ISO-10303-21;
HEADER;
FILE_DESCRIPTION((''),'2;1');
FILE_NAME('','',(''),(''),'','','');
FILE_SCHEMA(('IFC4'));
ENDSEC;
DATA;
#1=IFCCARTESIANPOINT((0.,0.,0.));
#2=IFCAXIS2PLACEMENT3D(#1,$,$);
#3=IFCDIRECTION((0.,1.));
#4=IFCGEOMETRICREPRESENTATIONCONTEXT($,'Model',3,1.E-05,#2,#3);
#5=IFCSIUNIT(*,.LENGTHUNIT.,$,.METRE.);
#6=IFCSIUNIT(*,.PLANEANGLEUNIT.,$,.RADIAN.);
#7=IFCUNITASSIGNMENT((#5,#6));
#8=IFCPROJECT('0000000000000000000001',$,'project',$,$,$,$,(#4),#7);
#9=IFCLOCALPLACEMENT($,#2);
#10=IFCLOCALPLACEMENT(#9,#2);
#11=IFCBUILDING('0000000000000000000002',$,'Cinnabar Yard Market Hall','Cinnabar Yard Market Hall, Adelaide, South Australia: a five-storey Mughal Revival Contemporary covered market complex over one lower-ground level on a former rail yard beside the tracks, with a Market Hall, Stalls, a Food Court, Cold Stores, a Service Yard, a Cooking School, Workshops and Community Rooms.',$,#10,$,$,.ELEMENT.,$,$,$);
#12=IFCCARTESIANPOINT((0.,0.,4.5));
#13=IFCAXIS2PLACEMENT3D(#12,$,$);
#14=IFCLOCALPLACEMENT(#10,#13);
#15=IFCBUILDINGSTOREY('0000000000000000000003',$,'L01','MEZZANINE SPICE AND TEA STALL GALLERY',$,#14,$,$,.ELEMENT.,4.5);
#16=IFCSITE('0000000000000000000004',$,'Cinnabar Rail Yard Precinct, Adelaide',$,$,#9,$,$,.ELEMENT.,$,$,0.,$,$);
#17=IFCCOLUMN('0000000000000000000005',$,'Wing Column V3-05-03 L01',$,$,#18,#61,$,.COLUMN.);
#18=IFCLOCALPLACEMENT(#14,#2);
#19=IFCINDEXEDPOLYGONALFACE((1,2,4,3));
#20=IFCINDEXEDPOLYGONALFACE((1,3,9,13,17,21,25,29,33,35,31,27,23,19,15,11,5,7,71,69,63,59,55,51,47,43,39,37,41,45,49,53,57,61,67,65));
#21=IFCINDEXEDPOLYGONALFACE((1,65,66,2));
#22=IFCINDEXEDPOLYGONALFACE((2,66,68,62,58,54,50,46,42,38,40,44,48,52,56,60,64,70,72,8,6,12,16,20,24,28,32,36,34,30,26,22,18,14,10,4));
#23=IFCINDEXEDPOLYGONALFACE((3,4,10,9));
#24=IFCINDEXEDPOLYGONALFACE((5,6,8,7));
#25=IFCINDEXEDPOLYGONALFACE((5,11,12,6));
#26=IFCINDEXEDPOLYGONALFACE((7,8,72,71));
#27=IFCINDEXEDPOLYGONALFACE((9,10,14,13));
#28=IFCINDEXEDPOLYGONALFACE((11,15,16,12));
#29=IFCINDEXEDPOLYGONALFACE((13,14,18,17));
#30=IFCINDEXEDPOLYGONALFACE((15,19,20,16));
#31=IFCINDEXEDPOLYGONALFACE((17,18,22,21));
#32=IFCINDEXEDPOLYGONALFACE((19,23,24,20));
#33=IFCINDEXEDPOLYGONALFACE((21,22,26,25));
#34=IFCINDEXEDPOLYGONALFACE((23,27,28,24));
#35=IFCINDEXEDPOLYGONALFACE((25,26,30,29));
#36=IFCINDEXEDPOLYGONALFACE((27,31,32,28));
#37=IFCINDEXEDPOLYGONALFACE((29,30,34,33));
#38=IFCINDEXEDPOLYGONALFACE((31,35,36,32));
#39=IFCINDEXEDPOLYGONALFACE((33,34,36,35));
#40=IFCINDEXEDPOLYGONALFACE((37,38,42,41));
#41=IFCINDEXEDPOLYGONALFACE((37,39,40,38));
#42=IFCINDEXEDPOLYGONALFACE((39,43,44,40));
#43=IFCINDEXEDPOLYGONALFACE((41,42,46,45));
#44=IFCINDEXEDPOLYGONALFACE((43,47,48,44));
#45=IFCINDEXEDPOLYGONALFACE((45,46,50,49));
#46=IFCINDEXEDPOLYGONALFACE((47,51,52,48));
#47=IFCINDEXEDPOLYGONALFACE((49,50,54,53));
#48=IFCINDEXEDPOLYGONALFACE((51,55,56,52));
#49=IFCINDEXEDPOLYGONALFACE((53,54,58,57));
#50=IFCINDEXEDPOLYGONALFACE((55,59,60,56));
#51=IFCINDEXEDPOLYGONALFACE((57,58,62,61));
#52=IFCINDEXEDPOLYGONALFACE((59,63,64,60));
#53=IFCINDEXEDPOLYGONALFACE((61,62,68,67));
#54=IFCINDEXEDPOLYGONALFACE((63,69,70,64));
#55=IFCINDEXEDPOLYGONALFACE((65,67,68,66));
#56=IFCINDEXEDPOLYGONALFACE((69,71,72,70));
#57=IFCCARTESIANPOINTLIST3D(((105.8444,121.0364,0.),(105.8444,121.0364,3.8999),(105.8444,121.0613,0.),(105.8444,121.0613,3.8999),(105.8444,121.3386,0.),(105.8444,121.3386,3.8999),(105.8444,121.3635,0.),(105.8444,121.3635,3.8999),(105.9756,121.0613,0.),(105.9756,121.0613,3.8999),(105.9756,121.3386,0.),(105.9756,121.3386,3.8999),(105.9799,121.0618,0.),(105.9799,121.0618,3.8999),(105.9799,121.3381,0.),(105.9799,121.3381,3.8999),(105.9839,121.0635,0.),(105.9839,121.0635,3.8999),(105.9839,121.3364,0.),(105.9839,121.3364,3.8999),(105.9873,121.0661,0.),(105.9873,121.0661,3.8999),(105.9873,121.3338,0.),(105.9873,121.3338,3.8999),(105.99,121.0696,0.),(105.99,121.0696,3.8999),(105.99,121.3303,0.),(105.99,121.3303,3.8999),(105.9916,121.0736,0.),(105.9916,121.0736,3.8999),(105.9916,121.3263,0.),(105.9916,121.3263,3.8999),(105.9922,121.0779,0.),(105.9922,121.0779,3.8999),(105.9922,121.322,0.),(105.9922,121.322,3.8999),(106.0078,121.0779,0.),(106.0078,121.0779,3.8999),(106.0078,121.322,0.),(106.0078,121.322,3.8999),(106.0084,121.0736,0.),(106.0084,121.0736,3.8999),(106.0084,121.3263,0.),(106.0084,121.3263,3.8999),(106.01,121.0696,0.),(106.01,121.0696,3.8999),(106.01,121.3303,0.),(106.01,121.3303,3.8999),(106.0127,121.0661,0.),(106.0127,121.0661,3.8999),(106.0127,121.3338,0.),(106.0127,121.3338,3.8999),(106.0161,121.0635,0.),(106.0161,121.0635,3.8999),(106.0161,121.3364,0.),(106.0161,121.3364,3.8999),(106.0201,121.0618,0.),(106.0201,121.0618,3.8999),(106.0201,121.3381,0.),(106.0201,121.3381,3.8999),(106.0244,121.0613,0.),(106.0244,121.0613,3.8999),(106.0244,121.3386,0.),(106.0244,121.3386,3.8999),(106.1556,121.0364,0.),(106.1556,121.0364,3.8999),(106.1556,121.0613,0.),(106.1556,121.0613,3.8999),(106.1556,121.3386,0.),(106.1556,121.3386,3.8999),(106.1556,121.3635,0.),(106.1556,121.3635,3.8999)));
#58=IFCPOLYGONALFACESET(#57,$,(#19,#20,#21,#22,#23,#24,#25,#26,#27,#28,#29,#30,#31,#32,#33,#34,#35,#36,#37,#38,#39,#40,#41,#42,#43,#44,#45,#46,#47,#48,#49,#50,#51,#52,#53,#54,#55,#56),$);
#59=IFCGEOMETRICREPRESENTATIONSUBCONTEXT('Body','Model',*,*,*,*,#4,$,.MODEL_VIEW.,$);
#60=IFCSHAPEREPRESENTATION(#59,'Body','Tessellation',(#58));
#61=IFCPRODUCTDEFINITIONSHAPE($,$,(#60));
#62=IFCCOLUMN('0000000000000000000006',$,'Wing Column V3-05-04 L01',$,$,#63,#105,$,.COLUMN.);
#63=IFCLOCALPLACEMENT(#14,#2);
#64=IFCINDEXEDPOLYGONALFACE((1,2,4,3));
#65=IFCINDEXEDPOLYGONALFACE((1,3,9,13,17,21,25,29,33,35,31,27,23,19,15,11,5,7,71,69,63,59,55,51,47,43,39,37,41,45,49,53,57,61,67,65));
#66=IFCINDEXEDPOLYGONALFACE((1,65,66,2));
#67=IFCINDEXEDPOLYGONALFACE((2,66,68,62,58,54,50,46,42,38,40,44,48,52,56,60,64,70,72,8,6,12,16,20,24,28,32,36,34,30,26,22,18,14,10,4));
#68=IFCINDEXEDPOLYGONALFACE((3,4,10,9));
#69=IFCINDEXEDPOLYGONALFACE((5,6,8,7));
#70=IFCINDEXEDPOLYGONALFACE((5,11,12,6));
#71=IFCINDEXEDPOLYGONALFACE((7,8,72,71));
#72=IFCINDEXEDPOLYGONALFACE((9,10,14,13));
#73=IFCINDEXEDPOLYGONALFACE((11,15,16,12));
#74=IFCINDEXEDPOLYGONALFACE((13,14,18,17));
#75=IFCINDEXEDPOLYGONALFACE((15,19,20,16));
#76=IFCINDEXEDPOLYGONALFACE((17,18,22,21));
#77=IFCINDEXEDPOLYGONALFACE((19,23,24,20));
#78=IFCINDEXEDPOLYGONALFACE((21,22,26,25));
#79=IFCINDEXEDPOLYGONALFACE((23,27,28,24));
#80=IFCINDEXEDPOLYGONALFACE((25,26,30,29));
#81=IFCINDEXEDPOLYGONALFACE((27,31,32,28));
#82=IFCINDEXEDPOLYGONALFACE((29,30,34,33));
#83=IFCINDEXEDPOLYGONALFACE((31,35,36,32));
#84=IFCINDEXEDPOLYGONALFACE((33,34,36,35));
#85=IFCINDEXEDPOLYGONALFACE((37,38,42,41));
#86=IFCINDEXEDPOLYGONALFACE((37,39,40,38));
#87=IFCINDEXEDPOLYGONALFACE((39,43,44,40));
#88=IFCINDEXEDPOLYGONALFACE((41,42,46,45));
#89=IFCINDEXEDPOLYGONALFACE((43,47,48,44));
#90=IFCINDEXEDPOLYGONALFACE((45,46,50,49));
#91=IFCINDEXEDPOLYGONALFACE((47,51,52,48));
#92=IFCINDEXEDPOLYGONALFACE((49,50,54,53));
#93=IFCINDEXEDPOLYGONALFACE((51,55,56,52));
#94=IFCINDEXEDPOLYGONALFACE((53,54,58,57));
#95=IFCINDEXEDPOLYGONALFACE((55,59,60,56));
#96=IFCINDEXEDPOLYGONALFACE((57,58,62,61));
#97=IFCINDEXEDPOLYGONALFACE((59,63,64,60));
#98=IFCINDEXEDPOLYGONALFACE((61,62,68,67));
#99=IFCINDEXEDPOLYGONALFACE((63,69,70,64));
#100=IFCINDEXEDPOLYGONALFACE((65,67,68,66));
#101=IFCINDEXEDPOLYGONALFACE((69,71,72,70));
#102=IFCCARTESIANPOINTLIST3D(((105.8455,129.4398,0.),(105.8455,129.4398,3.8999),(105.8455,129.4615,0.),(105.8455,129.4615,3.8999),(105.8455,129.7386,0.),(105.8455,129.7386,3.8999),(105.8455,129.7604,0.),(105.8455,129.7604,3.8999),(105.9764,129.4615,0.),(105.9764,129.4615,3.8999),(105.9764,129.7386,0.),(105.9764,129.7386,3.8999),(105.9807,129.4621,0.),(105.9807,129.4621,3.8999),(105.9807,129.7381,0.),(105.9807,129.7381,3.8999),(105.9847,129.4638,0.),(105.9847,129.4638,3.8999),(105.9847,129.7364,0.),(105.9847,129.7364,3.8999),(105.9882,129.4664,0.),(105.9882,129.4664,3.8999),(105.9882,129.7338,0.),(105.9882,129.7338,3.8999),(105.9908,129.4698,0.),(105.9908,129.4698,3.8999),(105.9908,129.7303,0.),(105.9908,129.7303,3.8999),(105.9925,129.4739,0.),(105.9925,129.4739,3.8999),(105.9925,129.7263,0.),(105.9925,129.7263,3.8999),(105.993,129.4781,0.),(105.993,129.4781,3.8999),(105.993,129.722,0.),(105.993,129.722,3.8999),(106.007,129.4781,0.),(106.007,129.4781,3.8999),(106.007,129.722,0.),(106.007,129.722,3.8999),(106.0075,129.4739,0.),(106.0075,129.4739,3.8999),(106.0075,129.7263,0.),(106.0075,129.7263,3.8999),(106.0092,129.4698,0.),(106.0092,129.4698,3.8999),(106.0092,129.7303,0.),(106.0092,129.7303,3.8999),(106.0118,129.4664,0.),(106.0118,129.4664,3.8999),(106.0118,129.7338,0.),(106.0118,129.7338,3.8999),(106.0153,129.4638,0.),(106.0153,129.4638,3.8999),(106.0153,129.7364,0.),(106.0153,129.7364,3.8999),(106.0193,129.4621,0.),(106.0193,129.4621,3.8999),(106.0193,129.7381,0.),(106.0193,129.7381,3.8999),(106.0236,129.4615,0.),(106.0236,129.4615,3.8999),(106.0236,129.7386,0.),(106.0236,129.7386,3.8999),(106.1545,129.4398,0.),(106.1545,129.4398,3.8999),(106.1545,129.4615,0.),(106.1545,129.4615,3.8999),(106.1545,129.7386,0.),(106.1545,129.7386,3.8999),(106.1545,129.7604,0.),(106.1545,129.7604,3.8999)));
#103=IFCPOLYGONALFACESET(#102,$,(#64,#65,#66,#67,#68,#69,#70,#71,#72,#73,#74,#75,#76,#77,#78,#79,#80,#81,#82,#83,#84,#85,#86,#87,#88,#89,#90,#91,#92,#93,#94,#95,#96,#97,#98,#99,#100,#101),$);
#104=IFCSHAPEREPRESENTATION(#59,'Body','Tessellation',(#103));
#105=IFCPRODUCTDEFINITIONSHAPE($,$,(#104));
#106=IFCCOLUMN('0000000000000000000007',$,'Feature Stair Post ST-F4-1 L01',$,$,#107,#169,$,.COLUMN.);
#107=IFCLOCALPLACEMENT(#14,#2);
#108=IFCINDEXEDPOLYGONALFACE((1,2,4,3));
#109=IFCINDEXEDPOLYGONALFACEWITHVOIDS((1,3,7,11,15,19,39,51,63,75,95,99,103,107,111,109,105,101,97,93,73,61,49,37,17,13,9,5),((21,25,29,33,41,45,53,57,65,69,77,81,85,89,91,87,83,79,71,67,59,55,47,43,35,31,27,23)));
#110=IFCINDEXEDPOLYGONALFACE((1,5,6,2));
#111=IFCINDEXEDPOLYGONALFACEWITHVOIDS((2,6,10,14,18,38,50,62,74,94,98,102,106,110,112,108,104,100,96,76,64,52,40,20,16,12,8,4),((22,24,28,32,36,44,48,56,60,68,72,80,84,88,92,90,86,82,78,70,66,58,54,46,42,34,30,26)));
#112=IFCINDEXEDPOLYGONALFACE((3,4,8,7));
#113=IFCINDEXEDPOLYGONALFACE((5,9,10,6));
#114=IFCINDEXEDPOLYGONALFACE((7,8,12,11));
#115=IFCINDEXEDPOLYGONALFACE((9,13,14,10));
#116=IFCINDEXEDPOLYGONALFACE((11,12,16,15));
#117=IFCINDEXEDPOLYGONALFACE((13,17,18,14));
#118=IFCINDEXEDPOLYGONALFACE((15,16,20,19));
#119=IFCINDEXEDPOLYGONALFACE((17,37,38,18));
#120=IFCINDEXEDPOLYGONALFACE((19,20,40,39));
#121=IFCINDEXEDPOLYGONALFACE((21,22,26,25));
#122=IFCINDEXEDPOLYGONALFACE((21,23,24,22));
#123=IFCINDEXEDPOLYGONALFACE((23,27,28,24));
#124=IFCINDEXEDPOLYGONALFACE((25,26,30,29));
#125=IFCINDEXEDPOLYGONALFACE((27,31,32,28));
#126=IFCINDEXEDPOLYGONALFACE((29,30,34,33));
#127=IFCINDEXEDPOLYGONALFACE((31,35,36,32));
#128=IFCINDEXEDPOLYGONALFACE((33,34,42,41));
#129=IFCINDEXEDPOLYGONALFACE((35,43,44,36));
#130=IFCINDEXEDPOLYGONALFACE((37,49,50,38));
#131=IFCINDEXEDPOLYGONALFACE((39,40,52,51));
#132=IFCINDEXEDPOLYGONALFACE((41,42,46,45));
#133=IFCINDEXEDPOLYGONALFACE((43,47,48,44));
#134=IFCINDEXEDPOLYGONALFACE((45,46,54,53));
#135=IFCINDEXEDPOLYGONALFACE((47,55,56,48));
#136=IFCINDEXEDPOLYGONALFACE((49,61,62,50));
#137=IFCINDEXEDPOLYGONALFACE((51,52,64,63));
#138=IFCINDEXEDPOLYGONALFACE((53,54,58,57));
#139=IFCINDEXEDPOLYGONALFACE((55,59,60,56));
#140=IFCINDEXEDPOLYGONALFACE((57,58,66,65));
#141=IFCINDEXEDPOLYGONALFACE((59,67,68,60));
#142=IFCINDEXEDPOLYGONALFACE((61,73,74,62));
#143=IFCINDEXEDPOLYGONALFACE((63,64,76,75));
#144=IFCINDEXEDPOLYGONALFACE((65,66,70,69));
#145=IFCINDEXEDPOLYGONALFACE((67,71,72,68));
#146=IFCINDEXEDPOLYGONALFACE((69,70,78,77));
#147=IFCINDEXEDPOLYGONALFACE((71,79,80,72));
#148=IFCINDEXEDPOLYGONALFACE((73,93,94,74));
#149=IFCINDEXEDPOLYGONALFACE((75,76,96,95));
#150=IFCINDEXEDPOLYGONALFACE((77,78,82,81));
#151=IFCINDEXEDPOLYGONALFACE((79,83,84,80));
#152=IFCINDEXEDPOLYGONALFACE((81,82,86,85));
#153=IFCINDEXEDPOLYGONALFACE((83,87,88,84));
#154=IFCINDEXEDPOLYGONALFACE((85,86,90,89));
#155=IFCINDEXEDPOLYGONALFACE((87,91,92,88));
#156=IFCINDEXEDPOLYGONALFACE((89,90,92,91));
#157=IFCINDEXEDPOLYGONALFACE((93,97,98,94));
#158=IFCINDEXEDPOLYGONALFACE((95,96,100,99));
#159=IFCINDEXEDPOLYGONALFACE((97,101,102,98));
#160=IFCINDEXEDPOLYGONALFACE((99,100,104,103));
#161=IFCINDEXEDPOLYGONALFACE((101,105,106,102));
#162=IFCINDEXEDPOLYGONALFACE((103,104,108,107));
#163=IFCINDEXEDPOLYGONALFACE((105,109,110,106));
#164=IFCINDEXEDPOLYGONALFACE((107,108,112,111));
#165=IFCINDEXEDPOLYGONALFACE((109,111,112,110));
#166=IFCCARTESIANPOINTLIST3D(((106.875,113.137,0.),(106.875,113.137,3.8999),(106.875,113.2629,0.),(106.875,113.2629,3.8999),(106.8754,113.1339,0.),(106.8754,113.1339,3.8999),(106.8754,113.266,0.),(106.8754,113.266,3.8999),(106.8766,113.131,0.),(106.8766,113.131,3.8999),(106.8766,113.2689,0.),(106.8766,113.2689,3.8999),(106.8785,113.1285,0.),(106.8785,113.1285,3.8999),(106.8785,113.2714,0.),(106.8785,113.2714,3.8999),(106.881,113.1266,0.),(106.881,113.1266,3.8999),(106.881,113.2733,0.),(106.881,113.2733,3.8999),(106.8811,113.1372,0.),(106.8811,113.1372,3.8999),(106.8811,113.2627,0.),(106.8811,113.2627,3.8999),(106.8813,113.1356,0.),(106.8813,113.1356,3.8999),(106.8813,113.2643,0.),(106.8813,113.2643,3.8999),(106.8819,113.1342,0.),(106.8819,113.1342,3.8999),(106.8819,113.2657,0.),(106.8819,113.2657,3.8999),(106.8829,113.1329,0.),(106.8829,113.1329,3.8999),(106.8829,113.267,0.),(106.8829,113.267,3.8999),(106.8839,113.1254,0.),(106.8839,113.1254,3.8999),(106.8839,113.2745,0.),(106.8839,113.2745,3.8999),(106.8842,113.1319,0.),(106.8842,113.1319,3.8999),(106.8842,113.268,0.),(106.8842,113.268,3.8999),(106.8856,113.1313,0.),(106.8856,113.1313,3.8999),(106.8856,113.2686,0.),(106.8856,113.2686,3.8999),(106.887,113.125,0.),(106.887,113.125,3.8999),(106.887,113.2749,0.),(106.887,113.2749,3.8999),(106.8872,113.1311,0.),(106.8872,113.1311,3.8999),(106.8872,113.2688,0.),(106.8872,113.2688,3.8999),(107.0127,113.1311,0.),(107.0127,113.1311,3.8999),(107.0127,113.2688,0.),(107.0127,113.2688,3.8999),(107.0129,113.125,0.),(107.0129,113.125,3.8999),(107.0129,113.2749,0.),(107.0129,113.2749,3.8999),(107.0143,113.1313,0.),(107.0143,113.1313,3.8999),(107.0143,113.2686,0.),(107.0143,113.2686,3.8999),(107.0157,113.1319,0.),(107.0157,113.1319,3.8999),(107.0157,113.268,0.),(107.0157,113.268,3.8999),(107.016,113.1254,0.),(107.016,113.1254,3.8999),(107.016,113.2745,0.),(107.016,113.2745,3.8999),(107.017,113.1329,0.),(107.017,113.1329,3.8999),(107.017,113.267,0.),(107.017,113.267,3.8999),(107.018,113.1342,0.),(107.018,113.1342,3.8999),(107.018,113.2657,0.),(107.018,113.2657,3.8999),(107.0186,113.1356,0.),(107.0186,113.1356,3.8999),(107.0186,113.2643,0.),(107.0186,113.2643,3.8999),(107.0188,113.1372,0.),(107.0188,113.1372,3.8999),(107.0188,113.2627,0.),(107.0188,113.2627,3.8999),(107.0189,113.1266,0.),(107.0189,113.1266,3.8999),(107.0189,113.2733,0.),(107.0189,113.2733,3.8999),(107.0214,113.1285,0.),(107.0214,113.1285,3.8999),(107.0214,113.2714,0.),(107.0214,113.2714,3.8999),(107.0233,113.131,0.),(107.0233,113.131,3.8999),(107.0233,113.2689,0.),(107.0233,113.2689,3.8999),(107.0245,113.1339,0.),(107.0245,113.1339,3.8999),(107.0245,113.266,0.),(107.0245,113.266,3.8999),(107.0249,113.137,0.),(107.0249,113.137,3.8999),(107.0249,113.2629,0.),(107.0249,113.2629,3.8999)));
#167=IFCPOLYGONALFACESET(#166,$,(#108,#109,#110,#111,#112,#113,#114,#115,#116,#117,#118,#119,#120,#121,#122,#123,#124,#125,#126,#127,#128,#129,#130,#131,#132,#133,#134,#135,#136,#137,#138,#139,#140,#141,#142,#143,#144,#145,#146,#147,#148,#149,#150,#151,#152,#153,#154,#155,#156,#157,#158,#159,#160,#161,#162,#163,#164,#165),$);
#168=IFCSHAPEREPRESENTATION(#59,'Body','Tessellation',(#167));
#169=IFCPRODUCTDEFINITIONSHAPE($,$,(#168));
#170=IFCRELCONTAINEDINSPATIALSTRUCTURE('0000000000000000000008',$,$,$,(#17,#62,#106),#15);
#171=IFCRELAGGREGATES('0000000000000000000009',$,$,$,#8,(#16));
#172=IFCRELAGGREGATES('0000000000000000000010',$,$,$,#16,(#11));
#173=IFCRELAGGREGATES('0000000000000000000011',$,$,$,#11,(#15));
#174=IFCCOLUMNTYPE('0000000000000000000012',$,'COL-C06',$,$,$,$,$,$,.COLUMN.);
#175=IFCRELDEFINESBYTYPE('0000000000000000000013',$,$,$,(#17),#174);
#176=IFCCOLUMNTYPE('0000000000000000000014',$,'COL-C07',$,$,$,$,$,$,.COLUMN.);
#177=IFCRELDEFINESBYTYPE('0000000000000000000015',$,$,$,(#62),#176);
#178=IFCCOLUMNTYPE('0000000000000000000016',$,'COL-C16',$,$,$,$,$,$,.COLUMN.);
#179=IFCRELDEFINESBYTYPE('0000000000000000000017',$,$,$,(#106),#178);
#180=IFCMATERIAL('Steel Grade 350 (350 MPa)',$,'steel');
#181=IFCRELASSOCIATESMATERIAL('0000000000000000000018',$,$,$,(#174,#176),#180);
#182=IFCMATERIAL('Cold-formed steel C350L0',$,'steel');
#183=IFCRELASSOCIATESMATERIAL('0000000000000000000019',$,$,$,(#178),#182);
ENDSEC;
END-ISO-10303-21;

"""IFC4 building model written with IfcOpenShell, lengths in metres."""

from ifc_helpers import new_model, si_unit, direction, frame, origin, origin_2d_with_axis, place, context, subcontext, project, spatial, hollow_rectangle, i_section, extrude, material, material_profile, profile_set, type_object, element, save


model = new_model("IFC4")

# Units and contexts
model_context = context("Model", 3, precision=1e-05, world=origin(), true_north=direction((0.0, 1.0)))
body_context = subcontext(model_context, "Body", "Model", "MODEL_VIEW")
ifc_project = project(units=[si_unit("LENGTHUNIT", "METRE"), si_unit("PLANEANGLEUNIT", "RADIAN")], contexts=[model_context])

# Site, building, storey
site_placement = place(None, origin())
site = spatial("IfcSite", under=ifc_project, at=site_placement, Name="Cinnabar Rail Yard Precinct, Adelaide", CompositionType="ELEMENT", RefElevation=0.0)
building_placement = place(site_placement, origin())
building = spatial("IfcBuilding", under=site, at=building_placement, Name="Cinnabar Yard Market Hall", Description="Cinnabar Yard Market Hall, Adelaide, South Australia: a five-storey Mughal Revival Contemporary covered market complex over one lower-ground level on a former rail yard beside the tracks, with a Market Hall, Stalls, a Food Court, Cold Stores, a Service Yard, a Cooking School, Workshops and Community Rooms.", CompositionType="ELEMENT")
storey_placement = place(building_placement, frame((0.0, 0.0, 4.5)))
storey = spatial("IfcBuildingStorey", under=building, at=storey_placement, Name="L01", Description="MEZZANINE SPICE AND TEA STALL GALLERY", CompositionType="ELEMENT", Elevation=4.5)

# Columns
ifc_material_1 = material(Name="Steel Grade 350 (350 MPa)", Category="steel")
ifc_material_profile_1 = material_profile(ifc_material_1, i_section(OverallWidth=0.3113, OverallDepth=0.3271, WebThickness=0.0156, FlangeThickness=0.0249, FilletRadius=0.0166, at=origin_2d_with_axis()), Name="310UC158")
ifc_profile_set_1 = profile_set([ifc_material_profile_1], Name="Steel Grade 350 (350 MPa)")
column_type_1 = type_object("IfcColumnType", Name="COL-C06", PredefinedType="COLUMN", material=ifc_profile_set_1)
column_1_placement = place(storey_placement, frame((106.0, 121.2, 0.0), z_axis=(0.0, 0.0, 1.0), x_axis=(1.0, 0.0, 0.0)))
element("IfcColumn", 1, at=column_1_placement, inside=storey, type_object=column_type_1, Name="Wing Column V3-05-03 L01", PredefinedType="COLUMN", context=body_context, shape_type="SweptSolid", body=[
    extrude(i_section(OverallWidth=0.3113, OverallDepth=0.3271, WebThickness=0.0156, FlangeThickness=0.0249, FilletRadius=0.0166, at=origin_2d_with_axis()), origin(), (0.0, 0.0, 1.0), 3.8999),
])
ifc_material_profile_2 = material_profile(ifc_material_1, i_section(OverallWidth=0.3091, OverallDepth=0.3206, WebThickness=0.0139, FlangeThickness=0.0217, FilletRadius=0.0166, at=origin_2d_with_axis()), Name="310UC137")
ifc_profile_set_2 = profile_set([ifc_material_profile_2], Name="Steel Grade 350 (350 MPa)")
column_type_2 = type_object("IfcColumnType", Name="COL-C07", PredefinedType="COLUMN", material=ifc_profile_set_2)
column_2_placement = place(storey_placement, frame((106.0, 129.6001, 0.0), z_axis=(0.0, 0.0, 1.0), x_axis=(1.0, 0.0, 0.0)))
element("IfcColumn", 2, at=column_2_placement, inside=storey, type_object=column_type_2, Name="Wing Column V3-05-04 L01", PredefinedType="COLUMN", context=body_context, shape_type="SweptSolid", body=[
    extrude(i_section(OverallWidth=0.3091, OverallDepth=0.3206, WebThickness=0.0139, FlangeThickness=0.0217, FilletRadius=0.0166, at=origin_2d_with_axis()), origin(), (0.0, 0.0, 1.0), 3.8999),
])
ifc_material_2 = material(Name="Cold-formed steel C350L0", Category="steel")
ifc_material_profile_3 = material_profile(ifc_material_2, hollow_rectangle(XDim=0.1499, YDim=0.1499, WallThickness=0.0061, InnerFilletRadius=0.0061, OuterFilletRadius=0.012, at=origin_2d_with_axis()), Name="150x150x6.0SHS")
ifc_profile_set_3 = profile_set([ifc_material_profile_3], Name="Cold-formed steel C350L0")
column_type_3 = type_object("IfcColumnType", Name="COL-C16", PredefinedType="COLUMN", material=ifc_profile_set_3)
for number, where, z_axis, x_axis, name in (
    (3, (106.95, 113.2, 0.0), (0.0, 0.0, 1.0), (1.0, 0.0, 0.0), "Feature Stair Post ST-F4-1 L01"),
):
    element("IfcColumn", number, at=place(storey_placement, frame(where, z_axis=z_axis, x_axis=x_axis)), inside=storey, type_object=column_type_3, Name=name, PredefinedType="COLUMN", context=body_context, shape_type="SweptSolid", body=[
        extrude(hollow_rectangle(XDim=0.1499, YDim=0.1499, WallThickness=0.0061, InnerFilletRadius=0.0061, OuterFilletRadius=0.012, at=origin_2d_with_axis()), origin(), (0.0, 0.0, 1.0), 3.8999),
    ])

save(model, "model.ifc")
